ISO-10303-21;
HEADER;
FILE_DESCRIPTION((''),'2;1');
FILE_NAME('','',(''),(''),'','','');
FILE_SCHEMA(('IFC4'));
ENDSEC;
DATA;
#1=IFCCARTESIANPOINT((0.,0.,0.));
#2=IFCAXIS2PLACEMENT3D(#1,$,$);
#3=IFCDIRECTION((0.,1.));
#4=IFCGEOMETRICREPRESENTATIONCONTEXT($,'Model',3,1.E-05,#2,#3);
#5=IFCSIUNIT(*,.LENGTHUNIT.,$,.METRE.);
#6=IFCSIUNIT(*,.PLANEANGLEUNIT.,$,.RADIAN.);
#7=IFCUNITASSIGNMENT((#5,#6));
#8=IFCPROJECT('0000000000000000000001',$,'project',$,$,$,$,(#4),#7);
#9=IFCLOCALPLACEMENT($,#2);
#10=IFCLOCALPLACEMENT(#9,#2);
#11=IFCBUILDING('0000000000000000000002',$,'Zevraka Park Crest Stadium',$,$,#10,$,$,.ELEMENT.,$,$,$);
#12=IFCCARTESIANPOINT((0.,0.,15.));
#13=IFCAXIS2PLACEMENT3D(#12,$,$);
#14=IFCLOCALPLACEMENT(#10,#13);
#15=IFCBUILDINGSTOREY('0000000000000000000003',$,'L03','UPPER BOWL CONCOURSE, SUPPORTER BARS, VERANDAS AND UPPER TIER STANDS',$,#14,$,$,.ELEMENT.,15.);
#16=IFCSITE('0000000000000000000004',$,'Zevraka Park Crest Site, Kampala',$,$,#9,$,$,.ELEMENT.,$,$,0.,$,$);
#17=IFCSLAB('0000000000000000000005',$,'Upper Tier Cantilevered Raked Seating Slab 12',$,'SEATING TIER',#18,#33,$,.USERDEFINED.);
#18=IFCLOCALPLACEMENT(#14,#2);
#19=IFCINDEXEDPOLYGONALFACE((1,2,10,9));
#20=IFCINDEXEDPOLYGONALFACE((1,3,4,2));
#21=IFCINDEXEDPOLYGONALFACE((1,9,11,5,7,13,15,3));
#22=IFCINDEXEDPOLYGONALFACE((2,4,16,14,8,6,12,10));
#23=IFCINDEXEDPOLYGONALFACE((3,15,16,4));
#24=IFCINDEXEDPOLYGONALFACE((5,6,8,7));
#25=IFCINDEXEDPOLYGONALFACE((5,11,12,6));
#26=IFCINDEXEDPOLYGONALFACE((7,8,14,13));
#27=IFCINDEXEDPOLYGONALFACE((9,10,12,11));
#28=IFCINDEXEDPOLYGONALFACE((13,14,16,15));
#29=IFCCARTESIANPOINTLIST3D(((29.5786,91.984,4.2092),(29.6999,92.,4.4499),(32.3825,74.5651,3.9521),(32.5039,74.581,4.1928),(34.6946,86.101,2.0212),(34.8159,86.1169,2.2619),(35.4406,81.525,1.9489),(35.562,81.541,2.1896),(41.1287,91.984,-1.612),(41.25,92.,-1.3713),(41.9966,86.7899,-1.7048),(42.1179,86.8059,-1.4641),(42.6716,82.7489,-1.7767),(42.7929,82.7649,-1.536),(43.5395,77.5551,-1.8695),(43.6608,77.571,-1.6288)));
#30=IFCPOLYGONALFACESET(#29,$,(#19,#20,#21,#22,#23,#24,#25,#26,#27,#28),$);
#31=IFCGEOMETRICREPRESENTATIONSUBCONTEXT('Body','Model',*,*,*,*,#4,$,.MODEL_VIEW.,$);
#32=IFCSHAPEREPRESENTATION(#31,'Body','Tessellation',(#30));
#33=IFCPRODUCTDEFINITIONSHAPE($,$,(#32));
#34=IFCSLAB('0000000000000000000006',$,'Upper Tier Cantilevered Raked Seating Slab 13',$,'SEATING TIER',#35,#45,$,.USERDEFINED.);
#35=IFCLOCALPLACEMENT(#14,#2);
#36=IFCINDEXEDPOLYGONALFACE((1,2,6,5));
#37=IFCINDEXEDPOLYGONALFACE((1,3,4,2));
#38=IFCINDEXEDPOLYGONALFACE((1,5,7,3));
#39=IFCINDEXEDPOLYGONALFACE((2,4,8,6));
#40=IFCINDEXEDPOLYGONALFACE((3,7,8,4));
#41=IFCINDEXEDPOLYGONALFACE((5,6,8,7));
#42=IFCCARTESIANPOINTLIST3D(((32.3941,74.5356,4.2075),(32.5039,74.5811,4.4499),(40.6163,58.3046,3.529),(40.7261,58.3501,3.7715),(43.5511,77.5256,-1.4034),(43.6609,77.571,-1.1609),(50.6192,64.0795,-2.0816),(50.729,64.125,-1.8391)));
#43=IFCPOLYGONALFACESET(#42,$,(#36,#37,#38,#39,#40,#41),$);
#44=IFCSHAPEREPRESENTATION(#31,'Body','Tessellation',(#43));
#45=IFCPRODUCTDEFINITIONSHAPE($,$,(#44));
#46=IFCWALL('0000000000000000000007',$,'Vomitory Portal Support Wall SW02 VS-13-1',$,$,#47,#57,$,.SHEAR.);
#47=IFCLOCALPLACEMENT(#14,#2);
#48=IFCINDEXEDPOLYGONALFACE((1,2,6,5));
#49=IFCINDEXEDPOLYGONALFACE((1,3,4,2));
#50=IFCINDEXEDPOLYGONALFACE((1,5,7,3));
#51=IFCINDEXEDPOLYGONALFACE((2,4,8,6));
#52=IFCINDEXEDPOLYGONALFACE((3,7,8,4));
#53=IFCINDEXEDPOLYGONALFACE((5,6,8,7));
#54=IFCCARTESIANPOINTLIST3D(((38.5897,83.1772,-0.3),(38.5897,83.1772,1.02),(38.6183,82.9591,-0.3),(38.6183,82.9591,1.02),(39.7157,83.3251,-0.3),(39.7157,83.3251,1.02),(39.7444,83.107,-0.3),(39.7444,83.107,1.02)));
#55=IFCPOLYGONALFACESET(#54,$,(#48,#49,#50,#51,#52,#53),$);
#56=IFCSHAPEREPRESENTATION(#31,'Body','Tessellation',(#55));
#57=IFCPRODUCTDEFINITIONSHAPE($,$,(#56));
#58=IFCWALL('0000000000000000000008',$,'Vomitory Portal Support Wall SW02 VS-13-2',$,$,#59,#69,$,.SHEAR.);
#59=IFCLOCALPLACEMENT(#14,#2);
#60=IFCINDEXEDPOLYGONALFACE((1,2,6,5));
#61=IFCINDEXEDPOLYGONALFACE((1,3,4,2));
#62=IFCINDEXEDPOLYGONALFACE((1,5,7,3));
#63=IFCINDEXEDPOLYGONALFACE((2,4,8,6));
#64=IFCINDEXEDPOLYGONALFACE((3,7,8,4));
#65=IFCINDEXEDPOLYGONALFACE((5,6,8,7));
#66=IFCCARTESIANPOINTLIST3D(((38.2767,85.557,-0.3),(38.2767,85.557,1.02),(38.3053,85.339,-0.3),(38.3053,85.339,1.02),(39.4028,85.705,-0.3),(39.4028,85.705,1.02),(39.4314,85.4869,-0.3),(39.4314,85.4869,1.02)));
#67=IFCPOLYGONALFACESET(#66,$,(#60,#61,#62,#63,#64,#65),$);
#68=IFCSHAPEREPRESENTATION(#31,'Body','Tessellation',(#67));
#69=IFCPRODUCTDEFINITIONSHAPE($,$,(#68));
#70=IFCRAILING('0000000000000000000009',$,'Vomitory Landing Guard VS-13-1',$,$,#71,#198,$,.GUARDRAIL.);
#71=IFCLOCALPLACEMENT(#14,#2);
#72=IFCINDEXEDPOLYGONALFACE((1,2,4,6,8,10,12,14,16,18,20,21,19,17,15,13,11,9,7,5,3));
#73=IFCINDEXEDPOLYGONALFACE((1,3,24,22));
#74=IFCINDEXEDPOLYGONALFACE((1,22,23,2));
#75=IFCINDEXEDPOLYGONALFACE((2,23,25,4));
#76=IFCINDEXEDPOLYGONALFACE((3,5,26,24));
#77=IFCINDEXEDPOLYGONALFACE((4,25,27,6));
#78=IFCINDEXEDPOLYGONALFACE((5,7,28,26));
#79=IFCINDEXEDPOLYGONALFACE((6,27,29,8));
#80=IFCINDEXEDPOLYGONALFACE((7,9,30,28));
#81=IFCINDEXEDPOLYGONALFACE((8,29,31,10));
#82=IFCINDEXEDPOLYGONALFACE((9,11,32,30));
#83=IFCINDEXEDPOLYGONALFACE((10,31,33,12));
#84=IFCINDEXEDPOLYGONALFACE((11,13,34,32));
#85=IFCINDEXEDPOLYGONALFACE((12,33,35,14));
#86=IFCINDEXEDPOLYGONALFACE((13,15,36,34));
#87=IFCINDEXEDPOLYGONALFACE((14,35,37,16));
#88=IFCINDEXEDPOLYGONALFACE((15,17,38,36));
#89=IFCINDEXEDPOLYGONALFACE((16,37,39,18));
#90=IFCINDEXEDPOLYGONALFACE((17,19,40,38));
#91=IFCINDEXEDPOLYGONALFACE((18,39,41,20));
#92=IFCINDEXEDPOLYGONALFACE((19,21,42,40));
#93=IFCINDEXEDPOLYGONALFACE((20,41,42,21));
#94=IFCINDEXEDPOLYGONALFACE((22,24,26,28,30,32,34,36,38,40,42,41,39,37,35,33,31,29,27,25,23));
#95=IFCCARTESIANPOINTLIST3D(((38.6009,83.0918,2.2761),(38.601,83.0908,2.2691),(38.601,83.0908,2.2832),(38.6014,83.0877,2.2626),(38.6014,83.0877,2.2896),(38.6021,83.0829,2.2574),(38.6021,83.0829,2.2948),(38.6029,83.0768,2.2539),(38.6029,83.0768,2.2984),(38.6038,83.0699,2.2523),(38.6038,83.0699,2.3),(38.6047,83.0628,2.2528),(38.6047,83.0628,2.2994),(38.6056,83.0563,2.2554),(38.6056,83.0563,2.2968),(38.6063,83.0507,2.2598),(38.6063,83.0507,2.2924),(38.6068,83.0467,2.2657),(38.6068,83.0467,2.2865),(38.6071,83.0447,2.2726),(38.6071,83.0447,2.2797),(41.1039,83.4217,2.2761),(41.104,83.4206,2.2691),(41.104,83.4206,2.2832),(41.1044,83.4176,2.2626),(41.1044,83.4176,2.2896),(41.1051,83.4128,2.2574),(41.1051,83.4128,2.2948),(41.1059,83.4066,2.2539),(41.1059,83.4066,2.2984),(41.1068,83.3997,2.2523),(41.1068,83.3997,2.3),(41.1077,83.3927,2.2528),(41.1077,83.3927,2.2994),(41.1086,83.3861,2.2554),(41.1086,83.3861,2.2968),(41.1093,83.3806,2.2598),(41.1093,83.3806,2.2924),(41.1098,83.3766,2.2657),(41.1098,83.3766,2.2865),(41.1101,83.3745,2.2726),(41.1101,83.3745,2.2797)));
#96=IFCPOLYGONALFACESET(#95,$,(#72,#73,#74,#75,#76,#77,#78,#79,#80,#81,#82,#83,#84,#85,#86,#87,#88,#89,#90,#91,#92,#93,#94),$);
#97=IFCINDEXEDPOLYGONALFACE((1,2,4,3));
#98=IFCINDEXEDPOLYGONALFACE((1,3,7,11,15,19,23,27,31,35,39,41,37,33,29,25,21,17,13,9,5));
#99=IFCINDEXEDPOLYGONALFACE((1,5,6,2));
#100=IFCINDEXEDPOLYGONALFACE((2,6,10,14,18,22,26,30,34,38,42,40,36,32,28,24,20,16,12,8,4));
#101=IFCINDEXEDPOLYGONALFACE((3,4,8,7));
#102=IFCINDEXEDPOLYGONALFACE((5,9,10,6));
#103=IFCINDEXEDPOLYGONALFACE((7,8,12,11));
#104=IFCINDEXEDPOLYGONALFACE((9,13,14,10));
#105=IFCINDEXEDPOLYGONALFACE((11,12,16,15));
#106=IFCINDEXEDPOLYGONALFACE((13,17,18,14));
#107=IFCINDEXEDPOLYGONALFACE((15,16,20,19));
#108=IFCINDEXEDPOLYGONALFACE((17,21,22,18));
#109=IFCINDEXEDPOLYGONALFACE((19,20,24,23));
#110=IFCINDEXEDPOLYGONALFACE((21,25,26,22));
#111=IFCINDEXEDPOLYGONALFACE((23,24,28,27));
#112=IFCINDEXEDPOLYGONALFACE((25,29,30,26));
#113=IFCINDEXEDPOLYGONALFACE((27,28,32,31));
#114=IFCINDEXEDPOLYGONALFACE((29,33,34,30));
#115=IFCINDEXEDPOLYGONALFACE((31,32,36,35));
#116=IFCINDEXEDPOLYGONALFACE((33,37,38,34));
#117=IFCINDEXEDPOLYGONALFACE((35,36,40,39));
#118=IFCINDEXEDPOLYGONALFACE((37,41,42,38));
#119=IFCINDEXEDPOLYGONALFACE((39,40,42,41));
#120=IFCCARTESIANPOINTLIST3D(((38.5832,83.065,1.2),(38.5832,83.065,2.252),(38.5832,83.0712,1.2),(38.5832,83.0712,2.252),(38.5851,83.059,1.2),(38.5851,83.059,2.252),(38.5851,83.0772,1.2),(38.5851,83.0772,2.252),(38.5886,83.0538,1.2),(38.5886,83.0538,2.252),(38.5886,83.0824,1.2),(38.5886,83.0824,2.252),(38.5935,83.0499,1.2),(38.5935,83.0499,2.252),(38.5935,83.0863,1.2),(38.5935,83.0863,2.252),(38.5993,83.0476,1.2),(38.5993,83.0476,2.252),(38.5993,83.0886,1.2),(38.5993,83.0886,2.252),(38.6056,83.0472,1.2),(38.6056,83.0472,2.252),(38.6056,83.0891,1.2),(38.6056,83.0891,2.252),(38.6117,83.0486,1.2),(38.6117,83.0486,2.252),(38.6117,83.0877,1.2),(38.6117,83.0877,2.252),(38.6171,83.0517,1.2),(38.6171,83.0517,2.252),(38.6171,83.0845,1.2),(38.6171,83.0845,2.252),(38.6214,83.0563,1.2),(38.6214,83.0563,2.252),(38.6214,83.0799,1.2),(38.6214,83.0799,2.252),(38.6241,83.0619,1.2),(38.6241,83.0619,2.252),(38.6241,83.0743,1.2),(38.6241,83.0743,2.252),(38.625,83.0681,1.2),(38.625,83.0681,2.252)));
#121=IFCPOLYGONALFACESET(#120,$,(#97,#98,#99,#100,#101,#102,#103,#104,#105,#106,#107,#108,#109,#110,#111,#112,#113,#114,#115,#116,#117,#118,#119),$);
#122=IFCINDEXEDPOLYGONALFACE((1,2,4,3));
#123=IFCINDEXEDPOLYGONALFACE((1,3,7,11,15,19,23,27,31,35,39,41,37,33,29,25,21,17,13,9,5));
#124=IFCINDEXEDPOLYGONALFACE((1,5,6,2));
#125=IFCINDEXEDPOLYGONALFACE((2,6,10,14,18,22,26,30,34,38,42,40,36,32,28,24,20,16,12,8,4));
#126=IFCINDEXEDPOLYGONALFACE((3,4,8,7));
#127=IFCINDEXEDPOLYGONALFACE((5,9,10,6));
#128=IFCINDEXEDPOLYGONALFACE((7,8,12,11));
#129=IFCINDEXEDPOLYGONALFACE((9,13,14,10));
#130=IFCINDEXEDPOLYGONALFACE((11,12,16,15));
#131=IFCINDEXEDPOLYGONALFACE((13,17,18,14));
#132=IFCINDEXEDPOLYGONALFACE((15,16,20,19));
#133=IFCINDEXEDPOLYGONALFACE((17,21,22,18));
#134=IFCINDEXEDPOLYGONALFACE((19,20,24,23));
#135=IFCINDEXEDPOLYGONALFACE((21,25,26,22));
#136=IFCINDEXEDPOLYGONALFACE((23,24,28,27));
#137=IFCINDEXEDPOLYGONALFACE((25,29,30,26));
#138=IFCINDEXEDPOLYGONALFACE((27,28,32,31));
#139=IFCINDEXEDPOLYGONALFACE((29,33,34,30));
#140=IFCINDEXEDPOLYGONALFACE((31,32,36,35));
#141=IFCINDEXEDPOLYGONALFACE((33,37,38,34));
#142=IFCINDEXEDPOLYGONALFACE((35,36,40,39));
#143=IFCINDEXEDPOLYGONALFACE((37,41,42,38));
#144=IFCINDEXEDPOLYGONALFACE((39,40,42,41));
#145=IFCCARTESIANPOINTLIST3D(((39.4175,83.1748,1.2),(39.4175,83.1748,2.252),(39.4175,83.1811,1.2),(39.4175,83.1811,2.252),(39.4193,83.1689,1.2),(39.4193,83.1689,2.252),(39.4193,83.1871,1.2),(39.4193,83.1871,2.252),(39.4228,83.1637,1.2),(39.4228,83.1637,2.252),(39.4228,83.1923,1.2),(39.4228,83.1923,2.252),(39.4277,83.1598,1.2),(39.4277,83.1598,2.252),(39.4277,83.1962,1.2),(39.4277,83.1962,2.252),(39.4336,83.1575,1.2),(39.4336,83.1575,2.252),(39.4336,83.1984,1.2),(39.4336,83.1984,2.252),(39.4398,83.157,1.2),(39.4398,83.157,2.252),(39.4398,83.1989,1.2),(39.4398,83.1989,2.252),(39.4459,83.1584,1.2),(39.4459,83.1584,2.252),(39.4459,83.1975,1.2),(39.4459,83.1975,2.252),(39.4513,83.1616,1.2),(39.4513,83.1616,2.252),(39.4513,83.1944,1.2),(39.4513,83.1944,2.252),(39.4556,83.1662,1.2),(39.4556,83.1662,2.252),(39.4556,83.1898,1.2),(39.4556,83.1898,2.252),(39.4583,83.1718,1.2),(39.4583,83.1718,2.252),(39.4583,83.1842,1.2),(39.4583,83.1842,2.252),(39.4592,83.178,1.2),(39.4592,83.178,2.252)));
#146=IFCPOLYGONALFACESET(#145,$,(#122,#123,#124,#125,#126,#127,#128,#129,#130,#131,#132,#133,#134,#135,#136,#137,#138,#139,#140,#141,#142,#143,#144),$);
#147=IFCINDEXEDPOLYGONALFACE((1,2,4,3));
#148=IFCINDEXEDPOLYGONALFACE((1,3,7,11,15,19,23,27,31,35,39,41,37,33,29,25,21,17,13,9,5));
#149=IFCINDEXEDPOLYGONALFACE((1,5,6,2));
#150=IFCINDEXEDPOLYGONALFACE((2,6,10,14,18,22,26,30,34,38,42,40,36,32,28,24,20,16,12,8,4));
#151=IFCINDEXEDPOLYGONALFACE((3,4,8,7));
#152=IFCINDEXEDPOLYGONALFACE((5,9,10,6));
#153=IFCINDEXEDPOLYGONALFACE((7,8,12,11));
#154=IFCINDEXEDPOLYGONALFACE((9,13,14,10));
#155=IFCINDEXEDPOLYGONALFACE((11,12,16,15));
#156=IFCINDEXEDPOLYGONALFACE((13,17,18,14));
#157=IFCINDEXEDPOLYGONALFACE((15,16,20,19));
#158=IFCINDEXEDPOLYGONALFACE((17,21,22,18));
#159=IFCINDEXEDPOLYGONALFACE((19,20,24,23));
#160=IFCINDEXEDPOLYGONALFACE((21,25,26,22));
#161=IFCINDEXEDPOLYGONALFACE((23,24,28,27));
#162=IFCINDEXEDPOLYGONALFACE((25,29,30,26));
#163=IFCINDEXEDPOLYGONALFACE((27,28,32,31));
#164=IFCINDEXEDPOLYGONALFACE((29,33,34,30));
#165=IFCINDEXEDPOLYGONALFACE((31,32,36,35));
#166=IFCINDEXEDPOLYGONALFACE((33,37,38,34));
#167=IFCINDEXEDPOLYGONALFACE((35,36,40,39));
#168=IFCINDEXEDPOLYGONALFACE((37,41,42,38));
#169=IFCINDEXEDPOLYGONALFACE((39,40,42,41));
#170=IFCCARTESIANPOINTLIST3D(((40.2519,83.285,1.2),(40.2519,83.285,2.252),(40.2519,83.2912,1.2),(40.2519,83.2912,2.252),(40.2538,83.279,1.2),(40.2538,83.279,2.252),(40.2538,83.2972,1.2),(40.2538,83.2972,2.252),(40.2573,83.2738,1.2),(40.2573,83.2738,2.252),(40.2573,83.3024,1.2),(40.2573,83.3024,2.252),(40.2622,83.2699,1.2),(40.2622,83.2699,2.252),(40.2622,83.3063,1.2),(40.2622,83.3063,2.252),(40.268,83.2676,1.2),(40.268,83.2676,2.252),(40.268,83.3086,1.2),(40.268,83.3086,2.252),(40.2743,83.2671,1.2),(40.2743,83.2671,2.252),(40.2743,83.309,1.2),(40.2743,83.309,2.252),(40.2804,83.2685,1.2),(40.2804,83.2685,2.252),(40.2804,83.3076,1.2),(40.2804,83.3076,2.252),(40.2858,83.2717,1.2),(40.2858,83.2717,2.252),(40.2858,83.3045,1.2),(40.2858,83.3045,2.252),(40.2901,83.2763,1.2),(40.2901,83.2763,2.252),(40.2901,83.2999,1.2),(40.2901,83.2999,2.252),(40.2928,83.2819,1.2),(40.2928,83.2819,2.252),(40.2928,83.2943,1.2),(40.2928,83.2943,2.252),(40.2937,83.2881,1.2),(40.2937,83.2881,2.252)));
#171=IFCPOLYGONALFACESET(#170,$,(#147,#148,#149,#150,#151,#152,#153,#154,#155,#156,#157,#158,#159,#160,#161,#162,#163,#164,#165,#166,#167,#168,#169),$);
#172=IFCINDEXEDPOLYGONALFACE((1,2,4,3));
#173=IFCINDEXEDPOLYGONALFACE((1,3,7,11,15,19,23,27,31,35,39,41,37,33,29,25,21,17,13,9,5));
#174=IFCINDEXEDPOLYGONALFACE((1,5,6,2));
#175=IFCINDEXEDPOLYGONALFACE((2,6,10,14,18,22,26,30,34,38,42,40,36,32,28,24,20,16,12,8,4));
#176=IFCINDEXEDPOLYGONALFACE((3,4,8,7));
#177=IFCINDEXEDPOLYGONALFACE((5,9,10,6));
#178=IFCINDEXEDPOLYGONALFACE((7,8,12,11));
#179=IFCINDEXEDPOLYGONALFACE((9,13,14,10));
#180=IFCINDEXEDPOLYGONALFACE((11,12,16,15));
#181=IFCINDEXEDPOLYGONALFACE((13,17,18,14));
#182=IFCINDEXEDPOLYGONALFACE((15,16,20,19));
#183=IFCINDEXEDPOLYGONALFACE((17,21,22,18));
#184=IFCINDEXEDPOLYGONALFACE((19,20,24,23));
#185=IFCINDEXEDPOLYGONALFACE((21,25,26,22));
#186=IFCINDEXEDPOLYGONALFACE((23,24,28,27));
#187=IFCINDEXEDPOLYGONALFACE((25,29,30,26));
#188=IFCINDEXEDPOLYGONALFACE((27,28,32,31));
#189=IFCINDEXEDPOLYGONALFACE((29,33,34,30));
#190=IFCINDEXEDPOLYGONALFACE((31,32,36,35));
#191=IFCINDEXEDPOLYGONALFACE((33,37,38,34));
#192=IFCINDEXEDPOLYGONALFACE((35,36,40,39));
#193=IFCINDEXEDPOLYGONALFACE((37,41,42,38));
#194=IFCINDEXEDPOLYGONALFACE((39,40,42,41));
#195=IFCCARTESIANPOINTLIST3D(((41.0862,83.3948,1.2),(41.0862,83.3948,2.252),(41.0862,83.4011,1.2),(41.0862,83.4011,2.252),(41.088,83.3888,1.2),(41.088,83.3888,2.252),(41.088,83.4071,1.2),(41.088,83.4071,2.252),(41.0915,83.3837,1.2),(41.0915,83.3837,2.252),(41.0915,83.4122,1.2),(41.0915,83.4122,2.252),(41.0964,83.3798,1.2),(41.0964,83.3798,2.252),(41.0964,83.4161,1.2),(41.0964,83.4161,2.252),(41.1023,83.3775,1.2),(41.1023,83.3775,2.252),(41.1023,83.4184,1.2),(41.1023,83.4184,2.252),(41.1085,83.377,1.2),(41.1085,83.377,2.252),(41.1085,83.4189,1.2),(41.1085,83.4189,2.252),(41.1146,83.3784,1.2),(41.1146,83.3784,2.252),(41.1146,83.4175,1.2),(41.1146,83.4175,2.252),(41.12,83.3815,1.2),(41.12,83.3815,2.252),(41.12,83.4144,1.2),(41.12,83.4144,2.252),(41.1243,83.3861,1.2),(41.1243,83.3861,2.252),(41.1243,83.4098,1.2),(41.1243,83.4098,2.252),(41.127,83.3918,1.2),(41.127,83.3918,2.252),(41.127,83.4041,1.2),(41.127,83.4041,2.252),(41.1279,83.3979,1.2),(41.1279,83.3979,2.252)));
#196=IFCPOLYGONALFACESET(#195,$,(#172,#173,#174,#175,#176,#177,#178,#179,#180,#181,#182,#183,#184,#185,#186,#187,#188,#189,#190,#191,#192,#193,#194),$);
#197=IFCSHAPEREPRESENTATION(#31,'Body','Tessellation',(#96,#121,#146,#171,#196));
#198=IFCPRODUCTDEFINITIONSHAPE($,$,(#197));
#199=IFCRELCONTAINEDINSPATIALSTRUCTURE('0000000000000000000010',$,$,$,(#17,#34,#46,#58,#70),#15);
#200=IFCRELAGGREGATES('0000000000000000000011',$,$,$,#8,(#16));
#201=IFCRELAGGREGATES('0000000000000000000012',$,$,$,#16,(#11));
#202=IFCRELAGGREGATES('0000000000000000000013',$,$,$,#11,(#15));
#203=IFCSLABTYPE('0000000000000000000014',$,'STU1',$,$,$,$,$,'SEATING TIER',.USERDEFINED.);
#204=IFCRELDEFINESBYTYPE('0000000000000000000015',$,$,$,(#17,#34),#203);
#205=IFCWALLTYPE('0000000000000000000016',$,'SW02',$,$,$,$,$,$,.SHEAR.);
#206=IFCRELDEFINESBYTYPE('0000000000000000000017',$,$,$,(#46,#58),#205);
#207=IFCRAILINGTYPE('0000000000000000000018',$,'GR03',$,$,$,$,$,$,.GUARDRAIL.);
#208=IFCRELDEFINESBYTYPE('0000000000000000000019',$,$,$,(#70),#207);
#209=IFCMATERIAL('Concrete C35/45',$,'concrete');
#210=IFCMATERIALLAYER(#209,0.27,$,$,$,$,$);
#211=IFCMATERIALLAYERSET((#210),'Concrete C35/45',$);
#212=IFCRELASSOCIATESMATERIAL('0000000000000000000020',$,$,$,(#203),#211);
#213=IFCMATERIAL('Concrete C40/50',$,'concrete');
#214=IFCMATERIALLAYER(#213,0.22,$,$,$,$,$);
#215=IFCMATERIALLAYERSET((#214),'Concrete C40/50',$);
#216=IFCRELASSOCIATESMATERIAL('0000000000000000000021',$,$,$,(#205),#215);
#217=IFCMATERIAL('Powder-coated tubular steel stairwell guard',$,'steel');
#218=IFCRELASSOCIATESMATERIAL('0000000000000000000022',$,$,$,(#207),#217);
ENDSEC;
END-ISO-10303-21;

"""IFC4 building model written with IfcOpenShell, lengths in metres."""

from ifc_helpers import new_model, si_unit, direction, frame, frame_2d, origin, origin_2d, place, context, subcontext, project, spatial, polyline, rectangle, circle, outline, extrude, material, layer, layer_set, type_object, element, save


model = new_model("IFC4")

# Units and contexts
model_context = context("Model", 3, precision=1e-05, world=origin(), true_north=direction((0.0, 1.0)))
body_context = subcontext(model_context, "Body", "Model", "MODEL_VIEW")
ifc_project = project(units=[si_unit("LENGTHUNIT", "METRE"), si_unit("PLANEANGLEUNIT", "RADIAN")], contexts=[model_context])

# Site, building, storey
site_placement = place(None, origin())
site = spatial("IfcSite", under=ifc_project, at=site_placement, Name="Zevraka Park Crest Site, Kampala", CompositionType="ELEMENT", RefElevation=0.0)
building_placement = place(site_placement, origin())
building = spatial("IfcBuilding", under=site, at=building_placement, Name="Zevraka Park Crest Stadium", CompositionType="ELEMENT")
storey_placement = place(building_placement, frame((0.0, 0.0, 15.0)))
storey = spatial("IfcBuildingStorey", under=building, at=storey_placement, Name="L03", Description="UPPER BOWL CONCOURSE, SUPPORTER BARS, VERANDAS AND UPPER TIER STANDS", CompositionType="ELEMENT", Elevation=15.0)

# Slabs
ifc_material_1 = material(Name="Concrete C35/45", Category="concrete")
ifc_layer_1 = layer(ifc_material_1, 0.27)
ifc_layer_set_1 = layer_set([ifc_layer_1], Name="Concrete C35/45")
slab_type = type_object("IfcSlabType", Name="STU1", ElementType="SEATING TIER", PredefinedType="USERDEFINED", material=ifc_layer_set_1)
slab_1_placement = place(storey_placement, frame((41.25, 92.0, -1.3713), z_axis=(0.449281, 0.059162, 0.891429), x_axis=(0.164792, -0.986171, -0.017605)))
element("IfcSlab", 1, at=slab_1_placement, inside=storey, type_object=slab_type, Name="Upper Tier Cantilevered Raked Seating Slab 12", ObjectType="SEATING TIER", PredefinedType="USERDEFINED", context=body_context, shape_type="SweptSolid", body=[
    extrude(outline(polyline([(0.0, 0.0), (5.2669, 0.0), (4.6775, -8.2055), (9.3143, -8.226), (9.3646, -0.0004), (14.6312, -0.0003), (15.6388, -12.8958), (-2.0058, -12.7776), (0.0, 0.0)])), origin(), (0.0, 0.0, -1.0), 0.27),
])
slab_2_placement = place(storey_placement, frame((43.6609, 77.571, -1.1609), z_axis=(0.406483, 0.168377, 0.898009), x_axis=(0.464832, -0.884275, -0.044604)))
element("IfcSlab", 2, at=slab_2_placement, inside=storey, type_object=slab_type, Name="Upper Tier Cantilevered Raked Seating Slab 13", ObjectType="SEATING TIER", PredefinedType="USERDEFINED", context=body_context, shape_type="SweptSolid", body=[
    extrude(outline(polyline([(0.0, 0.0), (15.2057, 0.0), (15.4124, -12.8392), (-2.7924, -12.534), (0.0, 0.0)])), origin(), (0.0, 0.0, -1.0), 0.27),
])

# Walls
ifc_material_2 = material(Name="Concrete C40/50", Category="concrete")
ifc_layer_2 = layer(ifc_material_2, 0.22)
ifc_layer_set_2 = layer_set([ifc_layer_2], Name="Concrete C40/50")
wall_type = type_object("IfcWallType", Name="SW02", PredefinedType="SHEAR", material=ifc_layer_set_2)
for number, where, z_axis, x_axis, name in (
    (3, (38.604, 83.0681, -0.3), (0.0, 0.0, 1.0), (0.991478, 0.130277, 0.0), "Vomitory Portal Support Wall SW02 VS-13-1"),
    (4, (38.291, 85.448, -0.3), (0.0, 0.0, 1.0), (0.991478, 0.130277, 0.0), "Vomitory Portal Support Wall SW02 VS-13-2"),
):
    element("IfcWall", number, at=place(storey_placement, frame(where, z_axis=z_axis, x_axis=x_axis)), inside=storey, type_object=wall_type, Name=name, PredefinedType="SHEAR", context=body_context, shape_type="SweptSolid", body=[
        extrude(rectangle(XDim=1.1357, YDim=0.22, at=frame_2d((0.5679, 0.0))), origin(), (0.0, 0.0, 1.0), 1.3201),
    ])

# Railing
ifc_material_3 = material(Name="Powder-coated tubular steel stairwell guard", Category="steel")
railing_type_1 = type_object("IfcRailingType", Name="GR03", PredefinedType="GUARDRAIL", material=ifc_material_3)
railing_1_placement = place(storey_placement, frame((38.604, 83.0681, 1.2)))
element("IfcRailing", 5, at=railing_1_placement, inside=storey, type_object=railing_type_1, Name="Vomitory Landing Guard VS-13-1", PredefinedType="GUARDRAIL", context=body_context, shape_type="SweptSolid", body=[
    extrude(circle(Radius=0.0239, at=origin_2d()), frame((0.0, 0.0, 1.0762), z_axis=(0.991429, 0.13065, 0.0), x_axis=(-0.13065, 0.991429, 0.0)), (0.0, 0.0, 1.0), 2.5247),
    extrude(circle(Radius=0.021, at=origin_2d()), origin(), (0.0, 0.0, 1.0), 1.052),
    extrude(circle(Radius=0.021, at=origin_2d()), frame((0.8342, 0.1099, 0.0)), (0.0, 0.0, 1.0), 1.052),
    extrude(circle(Radius=0.021, at=origin_2d()), frame((1.6687, 0.22, 0.0)), (0.0, 0.0, 1.0), 1.052),
    extrude(circle(Radius=0.021, at=origin_2d()), frame((2.5029, 0.3298, 0.0)), (0.0, 0.0, 1.0), 1.052),
])

save(model, "model.ifc")
